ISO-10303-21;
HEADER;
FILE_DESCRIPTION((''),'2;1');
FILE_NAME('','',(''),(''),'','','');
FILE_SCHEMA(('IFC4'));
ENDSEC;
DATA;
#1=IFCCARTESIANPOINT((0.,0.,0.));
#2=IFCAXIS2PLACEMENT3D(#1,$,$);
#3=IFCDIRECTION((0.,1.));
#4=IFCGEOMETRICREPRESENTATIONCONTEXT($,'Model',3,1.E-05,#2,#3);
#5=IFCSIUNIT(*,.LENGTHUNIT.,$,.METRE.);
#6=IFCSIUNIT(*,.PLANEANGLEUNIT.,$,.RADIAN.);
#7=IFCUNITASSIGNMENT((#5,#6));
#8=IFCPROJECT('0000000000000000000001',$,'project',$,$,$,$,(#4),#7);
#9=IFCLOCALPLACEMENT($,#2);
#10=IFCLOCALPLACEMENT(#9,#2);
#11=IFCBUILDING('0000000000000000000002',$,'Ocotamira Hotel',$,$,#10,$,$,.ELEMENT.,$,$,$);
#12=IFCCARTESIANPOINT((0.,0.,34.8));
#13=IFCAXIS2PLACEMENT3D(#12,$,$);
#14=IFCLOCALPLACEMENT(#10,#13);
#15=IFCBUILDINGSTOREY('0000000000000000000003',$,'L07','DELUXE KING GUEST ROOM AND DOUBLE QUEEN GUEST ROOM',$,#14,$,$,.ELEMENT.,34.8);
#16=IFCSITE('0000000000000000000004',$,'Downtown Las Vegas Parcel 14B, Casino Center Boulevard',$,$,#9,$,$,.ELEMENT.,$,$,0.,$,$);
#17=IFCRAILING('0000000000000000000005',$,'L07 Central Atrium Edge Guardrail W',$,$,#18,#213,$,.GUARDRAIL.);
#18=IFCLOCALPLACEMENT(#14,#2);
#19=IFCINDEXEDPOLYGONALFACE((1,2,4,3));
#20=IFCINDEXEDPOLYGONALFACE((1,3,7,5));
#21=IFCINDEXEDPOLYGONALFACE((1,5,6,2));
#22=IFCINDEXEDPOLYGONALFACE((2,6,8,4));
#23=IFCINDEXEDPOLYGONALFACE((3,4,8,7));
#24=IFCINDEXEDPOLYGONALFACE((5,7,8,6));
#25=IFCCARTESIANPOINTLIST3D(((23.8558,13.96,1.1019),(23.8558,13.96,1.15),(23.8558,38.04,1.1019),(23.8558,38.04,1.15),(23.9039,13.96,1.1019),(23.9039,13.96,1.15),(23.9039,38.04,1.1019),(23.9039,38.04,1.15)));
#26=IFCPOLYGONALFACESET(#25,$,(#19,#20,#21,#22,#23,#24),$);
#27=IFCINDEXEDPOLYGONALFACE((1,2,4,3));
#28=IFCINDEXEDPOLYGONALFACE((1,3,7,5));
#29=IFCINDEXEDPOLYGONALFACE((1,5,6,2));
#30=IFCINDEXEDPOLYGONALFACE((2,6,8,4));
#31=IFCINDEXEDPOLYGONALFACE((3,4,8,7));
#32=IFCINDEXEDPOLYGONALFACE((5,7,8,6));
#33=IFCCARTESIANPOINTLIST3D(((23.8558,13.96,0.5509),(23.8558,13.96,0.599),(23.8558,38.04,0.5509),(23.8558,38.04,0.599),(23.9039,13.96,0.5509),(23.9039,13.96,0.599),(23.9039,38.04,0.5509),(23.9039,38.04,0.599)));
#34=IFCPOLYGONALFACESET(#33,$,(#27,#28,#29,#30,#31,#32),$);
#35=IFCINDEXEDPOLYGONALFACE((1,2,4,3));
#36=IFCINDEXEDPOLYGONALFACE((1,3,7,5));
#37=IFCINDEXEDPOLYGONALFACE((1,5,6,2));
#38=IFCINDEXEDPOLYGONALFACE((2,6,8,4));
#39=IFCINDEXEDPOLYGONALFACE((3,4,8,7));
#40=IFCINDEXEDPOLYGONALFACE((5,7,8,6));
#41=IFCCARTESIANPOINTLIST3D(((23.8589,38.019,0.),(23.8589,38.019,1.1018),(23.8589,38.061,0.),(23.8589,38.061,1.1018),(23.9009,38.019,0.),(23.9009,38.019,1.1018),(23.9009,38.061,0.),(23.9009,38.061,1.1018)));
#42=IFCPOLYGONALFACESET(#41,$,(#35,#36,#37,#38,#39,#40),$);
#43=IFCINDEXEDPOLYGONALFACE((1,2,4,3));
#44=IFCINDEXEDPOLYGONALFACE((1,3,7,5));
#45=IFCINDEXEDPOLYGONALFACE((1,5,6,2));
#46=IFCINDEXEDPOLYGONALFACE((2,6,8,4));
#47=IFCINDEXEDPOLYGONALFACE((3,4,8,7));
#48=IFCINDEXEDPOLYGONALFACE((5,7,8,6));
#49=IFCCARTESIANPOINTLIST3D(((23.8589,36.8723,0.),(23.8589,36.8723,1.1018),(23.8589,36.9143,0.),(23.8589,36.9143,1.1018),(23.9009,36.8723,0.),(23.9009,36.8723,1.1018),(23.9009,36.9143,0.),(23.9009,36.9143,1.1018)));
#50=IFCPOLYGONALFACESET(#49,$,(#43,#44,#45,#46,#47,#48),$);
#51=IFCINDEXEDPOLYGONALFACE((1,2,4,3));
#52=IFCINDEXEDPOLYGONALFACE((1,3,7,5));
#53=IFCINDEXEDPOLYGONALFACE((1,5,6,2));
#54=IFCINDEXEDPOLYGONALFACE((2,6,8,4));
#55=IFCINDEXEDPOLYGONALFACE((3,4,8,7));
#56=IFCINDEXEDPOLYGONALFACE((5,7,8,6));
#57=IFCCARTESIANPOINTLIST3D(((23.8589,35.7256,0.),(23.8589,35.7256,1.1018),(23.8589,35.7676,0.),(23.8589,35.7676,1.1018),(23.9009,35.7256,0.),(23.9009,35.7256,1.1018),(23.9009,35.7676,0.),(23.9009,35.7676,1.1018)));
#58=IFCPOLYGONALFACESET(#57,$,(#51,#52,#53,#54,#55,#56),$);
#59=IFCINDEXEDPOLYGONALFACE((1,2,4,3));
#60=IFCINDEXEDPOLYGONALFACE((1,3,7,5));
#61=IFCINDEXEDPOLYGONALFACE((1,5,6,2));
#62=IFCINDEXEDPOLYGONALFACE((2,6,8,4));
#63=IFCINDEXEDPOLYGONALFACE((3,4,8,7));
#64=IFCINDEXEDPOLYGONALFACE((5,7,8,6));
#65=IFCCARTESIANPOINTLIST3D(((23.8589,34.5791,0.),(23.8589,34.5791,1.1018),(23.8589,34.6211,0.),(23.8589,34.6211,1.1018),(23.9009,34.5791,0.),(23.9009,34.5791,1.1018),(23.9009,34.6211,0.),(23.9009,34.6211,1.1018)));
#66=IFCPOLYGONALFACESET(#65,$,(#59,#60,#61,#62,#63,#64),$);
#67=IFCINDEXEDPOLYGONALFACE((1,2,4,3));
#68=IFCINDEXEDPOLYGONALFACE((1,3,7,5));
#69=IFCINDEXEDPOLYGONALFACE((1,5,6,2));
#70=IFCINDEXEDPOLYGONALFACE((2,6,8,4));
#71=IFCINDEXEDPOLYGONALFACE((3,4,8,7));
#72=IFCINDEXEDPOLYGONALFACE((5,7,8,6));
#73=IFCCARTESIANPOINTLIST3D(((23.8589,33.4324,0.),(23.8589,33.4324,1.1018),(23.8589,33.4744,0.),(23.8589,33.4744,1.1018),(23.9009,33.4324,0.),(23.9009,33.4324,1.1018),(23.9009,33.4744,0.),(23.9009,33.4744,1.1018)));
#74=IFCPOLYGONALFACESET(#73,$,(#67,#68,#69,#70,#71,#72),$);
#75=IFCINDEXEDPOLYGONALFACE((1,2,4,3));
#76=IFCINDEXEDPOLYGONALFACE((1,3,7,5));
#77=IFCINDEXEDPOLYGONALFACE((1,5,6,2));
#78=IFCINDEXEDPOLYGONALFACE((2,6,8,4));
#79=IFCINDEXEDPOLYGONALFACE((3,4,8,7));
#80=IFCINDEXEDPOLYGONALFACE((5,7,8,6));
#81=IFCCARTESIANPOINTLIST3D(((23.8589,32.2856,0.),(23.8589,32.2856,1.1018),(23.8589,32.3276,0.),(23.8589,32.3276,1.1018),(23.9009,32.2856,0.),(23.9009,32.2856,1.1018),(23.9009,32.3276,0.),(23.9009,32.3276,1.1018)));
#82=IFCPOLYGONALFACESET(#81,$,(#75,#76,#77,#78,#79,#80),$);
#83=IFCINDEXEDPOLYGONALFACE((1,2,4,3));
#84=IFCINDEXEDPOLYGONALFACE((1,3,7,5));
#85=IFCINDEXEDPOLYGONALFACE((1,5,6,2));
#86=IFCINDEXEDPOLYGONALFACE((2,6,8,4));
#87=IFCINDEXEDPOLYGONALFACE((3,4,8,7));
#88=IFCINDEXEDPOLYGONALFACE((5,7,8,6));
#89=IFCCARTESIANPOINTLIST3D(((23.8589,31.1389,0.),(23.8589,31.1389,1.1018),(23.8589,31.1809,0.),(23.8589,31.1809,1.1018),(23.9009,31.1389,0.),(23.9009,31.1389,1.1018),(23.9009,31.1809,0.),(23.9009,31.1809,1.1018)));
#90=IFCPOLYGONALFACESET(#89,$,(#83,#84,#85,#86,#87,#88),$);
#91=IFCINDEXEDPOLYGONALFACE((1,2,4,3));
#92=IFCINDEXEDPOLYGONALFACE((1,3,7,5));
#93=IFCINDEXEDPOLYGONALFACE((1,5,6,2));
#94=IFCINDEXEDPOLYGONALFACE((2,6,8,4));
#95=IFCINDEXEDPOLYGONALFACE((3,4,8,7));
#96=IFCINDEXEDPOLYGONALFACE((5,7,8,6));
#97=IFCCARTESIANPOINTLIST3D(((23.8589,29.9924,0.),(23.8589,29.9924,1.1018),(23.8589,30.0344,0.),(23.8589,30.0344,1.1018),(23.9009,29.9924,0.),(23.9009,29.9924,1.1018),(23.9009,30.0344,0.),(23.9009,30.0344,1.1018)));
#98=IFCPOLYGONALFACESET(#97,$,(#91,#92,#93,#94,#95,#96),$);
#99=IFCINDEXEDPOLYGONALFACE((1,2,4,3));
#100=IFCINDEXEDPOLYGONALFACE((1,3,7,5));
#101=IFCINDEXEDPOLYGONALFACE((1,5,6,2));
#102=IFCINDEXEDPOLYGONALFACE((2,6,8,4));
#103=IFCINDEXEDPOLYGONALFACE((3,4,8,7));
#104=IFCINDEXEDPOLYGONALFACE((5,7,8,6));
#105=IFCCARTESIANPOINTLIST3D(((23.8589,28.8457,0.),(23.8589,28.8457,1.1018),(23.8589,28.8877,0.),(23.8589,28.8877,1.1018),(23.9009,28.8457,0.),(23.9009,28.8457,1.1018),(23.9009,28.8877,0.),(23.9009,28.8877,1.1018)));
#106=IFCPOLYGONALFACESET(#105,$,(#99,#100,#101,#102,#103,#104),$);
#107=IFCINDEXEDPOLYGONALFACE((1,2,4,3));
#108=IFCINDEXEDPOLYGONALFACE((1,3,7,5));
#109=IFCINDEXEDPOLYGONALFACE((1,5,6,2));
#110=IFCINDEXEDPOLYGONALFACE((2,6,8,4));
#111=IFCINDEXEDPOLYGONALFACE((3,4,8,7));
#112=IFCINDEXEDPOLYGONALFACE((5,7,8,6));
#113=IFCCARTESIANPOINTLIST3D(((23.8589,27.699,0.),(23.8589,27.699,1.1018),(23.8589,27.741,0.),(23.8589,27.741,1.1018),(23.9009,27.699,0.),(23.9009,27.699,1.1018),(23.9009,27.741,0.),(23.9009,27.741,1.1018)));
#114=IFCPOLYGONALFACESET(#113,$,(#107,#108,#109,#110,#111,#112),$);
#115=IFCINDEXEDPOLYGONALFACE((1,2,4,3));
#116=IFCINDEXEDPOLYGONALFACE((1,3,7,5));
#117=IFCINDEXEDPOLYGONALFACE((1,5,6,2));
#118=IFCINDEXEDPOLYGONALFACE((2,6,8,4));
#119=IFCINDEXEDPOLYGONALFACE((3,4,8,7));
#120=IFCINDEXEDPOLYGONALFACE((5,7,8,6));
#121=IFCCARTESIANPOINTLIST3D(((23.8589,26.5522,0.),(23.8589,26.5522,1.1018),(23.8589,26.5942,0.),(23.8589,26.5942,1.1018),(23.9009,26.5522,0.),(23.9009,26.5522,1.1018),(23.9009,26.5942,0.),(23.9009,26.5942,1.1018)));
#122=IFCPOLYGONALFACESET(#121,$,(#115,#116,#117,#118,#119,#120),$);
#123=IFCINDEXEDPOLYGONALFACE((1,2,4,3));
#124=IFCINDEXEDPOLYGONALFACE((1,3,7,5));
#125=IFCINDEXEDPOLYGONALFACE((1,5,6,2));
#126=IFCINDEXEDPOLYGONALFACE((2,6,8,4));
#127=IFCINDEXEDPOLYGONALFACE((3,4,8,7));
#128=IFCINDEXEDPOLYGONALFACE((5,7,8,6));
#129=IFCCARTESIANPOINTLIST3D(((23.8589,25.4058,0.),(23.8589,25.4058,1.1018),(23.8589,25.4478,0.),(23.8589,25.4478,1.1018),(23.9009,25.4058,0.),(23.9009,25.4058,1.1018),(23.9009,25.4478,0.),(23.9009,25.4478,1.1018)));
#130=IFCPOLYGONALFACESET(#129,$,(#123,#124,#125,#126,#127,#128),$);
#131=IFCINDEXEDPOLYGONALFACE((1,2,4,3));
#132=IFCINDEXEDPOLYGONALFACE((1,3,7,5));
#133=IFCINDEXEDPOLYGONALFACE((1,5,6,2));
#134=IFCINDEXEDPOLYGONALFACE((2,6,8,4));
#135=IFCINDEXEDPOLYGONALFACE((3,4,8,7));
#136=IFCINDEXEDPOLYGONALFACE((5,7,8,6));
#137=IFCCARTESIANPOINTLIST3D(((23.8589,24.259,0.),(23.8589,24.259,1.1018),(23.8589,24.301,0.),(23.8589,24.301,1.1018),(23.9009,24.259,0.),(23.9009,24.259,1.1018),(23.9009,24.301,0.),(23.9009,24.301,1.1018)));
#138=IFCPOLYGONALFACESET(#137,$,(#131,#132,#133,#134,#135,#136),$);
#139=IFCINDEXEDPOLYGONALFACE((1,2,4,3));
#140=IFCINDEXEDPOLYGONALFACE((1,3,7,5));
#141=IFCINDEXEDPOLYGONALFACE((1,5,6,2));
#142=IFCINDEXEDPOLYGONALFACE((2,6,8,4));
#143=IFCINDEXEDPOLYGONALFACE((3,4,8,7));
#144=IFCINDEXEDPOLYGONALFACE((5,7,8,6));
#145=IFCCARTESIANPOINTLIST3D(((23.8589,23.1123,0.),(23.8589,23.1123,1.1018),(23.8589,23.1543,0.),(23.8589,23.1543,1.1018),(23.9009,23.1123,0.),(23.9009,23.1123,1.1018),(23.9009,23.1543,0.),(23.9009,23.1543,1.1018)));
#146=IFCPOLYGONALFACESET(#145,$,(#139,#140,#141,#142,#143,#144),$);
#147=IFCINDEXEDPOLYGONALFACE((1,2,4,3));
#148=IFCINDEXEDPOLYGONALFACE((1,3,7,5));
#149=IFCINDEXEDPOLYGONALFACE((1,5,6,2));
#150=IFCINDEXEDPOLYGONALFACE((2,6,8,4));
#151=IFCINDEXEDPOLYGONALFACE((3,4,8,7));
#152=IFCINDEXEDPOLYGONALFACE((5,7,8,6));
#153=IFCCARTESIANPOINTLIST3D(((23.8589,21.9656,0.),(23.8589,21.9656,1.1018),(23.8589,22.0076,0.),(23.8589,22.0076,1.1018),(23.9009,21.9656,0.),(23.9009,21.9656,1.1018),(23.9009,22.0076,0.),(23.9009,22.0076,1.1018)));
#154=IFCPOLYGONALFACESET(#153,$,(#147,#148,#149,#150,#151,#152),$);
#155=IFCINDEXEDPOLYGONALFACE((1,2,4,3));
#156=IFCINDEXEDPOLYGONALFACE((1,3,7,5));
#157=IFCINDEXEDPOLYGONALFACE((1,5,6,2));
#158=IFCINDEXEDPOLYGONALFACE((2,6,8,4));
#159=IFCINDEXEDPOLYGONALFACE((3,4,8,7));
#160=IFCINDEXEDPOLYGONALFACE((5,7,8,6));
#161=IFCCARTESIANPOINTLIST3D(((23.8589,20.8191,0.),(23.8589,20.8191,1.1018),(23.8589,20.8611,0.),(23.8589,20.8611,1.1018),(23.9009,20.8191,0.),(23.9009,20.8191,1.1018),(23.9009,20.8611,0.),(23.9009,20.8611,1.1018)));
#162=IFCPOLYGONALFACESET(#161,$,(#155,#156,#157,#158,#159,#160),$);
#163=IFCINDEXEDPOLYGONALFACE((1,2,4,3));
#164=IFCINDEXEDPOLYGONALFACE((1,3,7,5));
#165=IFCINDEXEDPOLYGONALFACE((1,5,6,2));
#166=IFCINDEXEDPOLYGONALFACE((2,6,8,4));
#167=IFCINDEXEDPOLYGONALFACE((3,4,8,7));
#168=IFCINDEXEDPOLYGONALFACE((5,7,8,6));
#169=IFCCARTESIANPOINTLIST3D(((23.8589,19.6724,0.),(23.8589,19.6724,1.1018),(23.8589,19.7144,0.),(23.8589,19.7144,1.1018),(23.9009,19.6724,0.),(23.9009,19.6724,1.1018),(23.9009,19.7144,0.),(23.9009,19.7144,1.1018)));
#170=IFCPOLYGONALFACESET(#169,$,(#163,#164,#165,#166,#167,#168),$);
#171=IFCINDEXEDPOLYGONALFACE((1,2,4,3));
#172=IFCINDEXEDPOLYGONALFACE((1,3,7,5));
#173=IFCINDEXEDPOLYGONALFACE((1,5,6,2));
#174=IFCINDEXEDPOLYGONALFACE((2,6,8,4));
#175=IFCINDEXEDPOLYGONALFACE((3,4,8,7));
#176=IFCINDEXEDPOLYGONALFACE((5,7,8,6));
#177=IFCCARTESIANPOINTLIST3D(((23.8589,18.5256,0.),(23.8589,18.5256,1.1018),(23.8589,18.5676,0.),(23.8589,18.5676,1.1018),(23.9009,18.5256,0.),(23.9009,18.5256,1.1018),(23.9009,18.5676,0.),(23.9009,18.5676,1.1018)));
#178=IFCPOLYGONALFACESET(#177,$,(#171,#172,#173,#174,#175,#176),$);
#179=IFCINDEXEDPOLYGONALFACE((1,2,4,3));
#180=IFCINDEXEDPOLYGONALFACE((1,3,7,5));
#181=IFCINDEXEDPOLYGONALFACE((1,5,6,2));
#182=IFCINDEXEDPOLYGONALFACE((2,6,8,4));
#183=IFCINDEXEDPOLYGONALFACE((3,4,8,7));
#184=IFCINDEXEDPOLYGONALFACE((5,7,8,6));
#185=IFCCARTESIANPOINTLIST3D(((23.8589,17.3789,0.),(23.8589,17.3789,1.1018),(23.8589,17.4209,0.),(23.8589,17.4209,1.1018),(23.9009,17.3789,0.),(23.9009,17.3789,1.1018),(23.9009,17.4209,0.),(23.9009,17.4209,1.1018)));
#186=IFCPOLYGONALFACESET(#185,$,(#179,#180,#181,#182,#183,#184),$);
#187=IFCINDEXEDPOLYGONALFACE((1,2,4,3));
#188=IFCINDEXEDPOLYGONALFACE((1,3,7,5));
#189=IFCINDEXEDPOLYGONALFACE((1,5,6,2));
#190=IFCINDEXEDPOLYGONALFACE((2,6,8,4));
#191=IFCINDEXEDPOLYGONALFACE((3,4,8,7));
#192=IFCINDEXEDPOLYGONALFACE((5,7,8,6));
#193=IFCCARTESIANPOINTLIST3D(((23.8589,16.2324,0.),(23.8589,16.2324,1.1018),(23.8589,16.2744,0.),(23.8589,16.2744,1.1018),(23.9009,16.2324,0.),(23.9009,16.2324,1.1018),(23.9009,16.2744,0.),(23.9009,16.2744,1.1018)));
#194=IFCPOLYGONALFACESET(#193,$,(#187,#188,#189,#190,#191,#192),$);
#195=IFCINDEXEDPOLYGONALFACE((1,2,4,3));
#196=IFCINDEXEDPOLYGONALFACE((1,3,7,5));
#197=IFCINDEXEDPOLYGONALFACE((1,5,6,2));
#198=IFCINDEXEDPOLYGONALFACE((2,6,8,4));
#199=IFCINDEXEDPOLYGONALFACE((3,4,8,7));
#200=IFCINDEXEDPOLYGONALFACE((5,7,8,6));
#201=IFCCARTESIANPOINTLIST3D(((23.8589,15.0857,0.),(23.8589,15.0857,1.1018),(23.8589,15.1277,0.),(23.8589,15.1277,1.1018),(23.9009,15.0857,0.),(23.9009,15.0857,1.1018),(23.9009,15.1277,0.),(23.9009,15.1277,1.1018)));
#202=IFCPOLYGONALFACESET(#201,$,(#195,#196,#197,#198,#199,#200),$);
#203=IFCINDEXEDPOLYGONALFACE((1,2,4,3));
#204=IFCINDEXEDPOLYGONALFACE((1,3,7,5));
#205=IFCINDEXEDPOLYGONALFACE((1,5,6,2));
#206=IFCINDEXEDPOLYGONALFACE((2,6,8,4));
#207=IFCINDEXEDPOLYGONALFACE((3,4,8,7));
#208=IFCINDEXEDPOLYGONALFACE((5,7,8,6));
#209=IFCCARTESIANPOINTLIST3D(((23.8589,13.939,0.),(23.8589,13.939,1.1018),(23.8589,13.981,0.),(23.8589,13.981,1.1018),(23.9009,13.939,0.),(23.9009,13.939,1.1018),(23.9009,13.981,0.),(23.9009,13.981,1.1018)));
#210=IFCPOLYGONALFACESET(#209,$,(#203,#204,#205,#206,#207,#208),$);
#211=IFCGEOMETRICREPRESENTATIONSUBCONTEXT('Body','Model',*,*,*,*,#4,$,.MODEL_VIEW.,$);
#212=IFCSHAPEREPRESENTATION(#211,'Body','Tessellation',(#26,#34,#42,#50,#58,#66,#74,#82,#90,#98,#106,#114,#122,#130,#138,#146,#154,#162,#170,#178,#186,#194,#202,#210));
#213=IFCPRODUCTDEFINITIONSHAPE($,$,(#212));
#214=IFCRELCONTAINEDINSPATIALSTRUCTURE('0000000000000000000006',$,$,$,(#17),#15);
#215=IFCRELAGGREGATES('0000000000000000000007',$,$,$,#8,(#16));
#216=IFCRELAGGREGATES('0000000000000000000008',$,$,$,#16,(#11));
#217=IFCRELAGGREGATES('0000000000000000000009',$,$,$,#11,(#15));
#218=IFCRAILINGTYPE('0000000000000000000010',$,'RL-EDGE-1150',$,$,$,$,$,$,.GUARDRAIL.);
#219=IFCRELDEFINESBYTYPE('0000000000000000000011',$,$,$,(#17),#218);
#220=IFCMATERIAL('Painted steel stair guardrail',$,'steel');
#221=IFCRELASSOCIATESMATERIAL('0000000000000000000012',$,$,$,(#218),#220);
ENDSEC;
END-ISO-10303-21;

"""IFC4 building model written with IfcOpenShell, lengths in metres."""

from ifc_helpers import new_model, si_unit, direction, frame, origin, origin_2d, place, context, subcontext, project, spatial, rectangle, extrude, material, type_object, element, save


model = new_model("IFC4")

# Units and contexts
model_context = context("Model", 3, precision=1e-05, world=origin(), true_north=direction((0.0, 1.0)))
body_context = subcontext(model_context, "Body", "Model", "MODEL_VIEW")
ifc_project = project(units=[si_unit("LENGTHUNIT", "METRE"), si_unit("PLANEANGLEUNIT", "RADIAN")], contexts=[model_context])

# Site, building, storey
site_placement = place(None, origin())
site = spatial("IfcSite", under=ifc_project, at=site_placement, Name="Downtown Las Vegas Parcel 14B, Casino Center Boulevard", CompositionType="ELEMENT", RefElevation=0.0)
building_placement = place(site_placement, origin())
building = spatial("IfcBuilding", under=site, at=building_placement, Name="Ocotamira Hotel", CompositionType="ELEMENT")
storey_placement = place(building_placement, frame((0.0, 0.0, 34.8)))
storey = spatial("IfcBuildingStorey", under=building, at=storey_placement, Name="L07", Description="DELUXE KING GUEST ROOM AND DOUBLE QUEEN GUEST ROOM", CompositionType="ELEMENT", Elevation=34.8)

# Railing
ifc_material_1 = material(Name="Painted steel stair guardrail", Category="steel")
railing_type = type_object("IfcRailingType", Name="RL-EDGE-1150", PredefinedType="GUARDRAIL", material=ifc_material_1)
railing_placement = place(storey_placement, frame((23.8799, 38.04, 0.0)))
element("IfcRailing", 1, at=railing_placement, inside=storey, type_object=railing_type, Name="L07 Central Atrium Edge Guardrail W", PredefinedType="GUARDRAIL", context=body_context, shape_type="SweptSolid", body=[
    extrude(rectangle(XDim=0.0481, YDim=0.0481, at=origin_2d()), frame((0.0, 0.0, 1.126), z_axis=(0.0, -1.0, 0.0), x_axis=(1.0, 0.0, 0.0)), (0.0, 0.0, 1.0), 24.0801),
    extrude(rectangle(XDim=0.0481, YDim=0.0481, at=origin_2d()), frame((0.0, 0.0, 0.575), z_axis=(0.0, -1.0, 0.0), x_axis=(1.0, 0.0, 0.0)), (0.0, 0.0, 1.0), 24.0801),
    extrude(rectangle(XDim=0.042, YDim=0.042, at=origin_2d()), origin(), (0.0, 0.0, 1.0), 1.1018),
    extrude(rectangle(XDim=0.042, YDim=0.042, at=origin_2d()), frame((0.0, -1.1467, 0.0)), (0.0, 0.0, 1.0), 1.1018),
    extrude(rectangle(XDim=0.042, YDim=0.042, at=origin_2d()), frame((0.0, -2.2935, 0.0)), (0.0, 0.0, 1.0), 1.1018),
    extrude(rectangle(XDim=0.042, YDim=0.042, at=origin_2d()), frame((0.0, -3.4399, 0.0)), (0.0, 0.0, 1.0), 1.1018),
    extrude(rectangle(XDim=0.042, YDim=0.042, at=origin_2d()), frame((0.0, -4.5867, 0.0)), (0.0, 0.0, 1.0), 1.1018),
    extrude(rectangle(XDim=0.042, YDim=0.042, at=origin_2d()), frame((0.0, -5.7334, 0.0)), (0.0, 0.0, 1.0), 1.1018),
    extrude(rectangle(XDim=0.042, YDim=0.042, at=origin_2d()), frame((0.0, -6.8801, 0.0)), (0.0, 0.0, 1.0), 1.1018),
    extrude(rectangle(XDim=0.042, YDim=0.042, at=origin_2d()), frame((0.0, -8.0266, 0.0)), (0.0, 0.0, 1.0), 1.1018),
    extrude(rectangle(XDim=0.042, YDim=0.042, at=origin_2d()), frame((0.0, -9.1733, 0.0)), (0.0, 0.0, 1.0), 1.1018),
    extrude(rectangle(XDim=0.042, YDim=0.042, at=origin_2d()), frame((0.0, -10.3201, 0.0)), (0.0, 0.0, 1.0), 1.1018),
    extrude(rectangle(XDim=0.042, YDim=0.042, at=origin_2d()), frame((0.0, -11.4668, 0.0)), (0.0, 0.0, 1.0), 1.1018),
    extrude(rectangle(XDim=0.042, YDim=0.042, at=origin_2d()), frame((0.0, -12.6133, 0.0)), (0.0, 0.0, 1.0), 1.1018),
    extrude(rectangle(XDim=0.042, YDim=0.042, at=origin_2d()), frame((0.0, -13.76, 0.0)), (0.0, 0.0, 1.0), 1.1018),
    extrude(rectangle(XDim=0.042, YDim=0.042, at=origin_2d()), frame((0.0, -14.9067, 0.0)), (0.0, 0.0, 1.0), 1.1018),
    extrude(rectangle(XDim=0.042, YDim=0.042, at=origin_2d()), frame((0.0, -16.0535, 0.0)), (0.0, 0.0, 1.0), 1.1018),
    extrude(rectangle(XDim=0.042, YDim=0.042, at=origin_2d()), frame((0.0, -17.2, 0.0)), (0.0, 0.0, 1.0), 1.1018),
    extrude(rectangle(XDim=0.042, YDim=0.042, at=origin_2d()), frame((0.0, -18.3467, 0.0)), (0.0, 0.0, 1.0), 1.1018),
    extrude(rectangle(XDim=0.042, YDim=0.042, at=origin_2d()), frame((0.0, -19.4934, 0.0)), (0.0, 0.0, 1.0), 1.1018),
    extrude(rectangle(XDim=0.042, YDim=0.042, at=origin_2d()), frame((0.0, -20.6401, 0.0)), (0.0, 0.0, 1.0), 1.1018),
    extrude(rectangle(XDim=0.042, YDim=0.042, at=origin_2d()), frame((0.0, -21.7866, 0.0)), (0.0, 0.0, 1.0), 1.1018),
    extrude(rectangle(XDim=0.042, YDim=0.042, at=origin_2d()), frame((0.0, -22.9333, 0.0)), (0.0, 0.0, 1.0), 1.1018),
    extrude(rectangle(XDim=0.042, YDim=0.042, at=origin_2d()), frame((0.0, -24.0801, 0.0)), (0.0, 0.0, 1.0), 1.1018),
])

save(model, "model.ifc")
